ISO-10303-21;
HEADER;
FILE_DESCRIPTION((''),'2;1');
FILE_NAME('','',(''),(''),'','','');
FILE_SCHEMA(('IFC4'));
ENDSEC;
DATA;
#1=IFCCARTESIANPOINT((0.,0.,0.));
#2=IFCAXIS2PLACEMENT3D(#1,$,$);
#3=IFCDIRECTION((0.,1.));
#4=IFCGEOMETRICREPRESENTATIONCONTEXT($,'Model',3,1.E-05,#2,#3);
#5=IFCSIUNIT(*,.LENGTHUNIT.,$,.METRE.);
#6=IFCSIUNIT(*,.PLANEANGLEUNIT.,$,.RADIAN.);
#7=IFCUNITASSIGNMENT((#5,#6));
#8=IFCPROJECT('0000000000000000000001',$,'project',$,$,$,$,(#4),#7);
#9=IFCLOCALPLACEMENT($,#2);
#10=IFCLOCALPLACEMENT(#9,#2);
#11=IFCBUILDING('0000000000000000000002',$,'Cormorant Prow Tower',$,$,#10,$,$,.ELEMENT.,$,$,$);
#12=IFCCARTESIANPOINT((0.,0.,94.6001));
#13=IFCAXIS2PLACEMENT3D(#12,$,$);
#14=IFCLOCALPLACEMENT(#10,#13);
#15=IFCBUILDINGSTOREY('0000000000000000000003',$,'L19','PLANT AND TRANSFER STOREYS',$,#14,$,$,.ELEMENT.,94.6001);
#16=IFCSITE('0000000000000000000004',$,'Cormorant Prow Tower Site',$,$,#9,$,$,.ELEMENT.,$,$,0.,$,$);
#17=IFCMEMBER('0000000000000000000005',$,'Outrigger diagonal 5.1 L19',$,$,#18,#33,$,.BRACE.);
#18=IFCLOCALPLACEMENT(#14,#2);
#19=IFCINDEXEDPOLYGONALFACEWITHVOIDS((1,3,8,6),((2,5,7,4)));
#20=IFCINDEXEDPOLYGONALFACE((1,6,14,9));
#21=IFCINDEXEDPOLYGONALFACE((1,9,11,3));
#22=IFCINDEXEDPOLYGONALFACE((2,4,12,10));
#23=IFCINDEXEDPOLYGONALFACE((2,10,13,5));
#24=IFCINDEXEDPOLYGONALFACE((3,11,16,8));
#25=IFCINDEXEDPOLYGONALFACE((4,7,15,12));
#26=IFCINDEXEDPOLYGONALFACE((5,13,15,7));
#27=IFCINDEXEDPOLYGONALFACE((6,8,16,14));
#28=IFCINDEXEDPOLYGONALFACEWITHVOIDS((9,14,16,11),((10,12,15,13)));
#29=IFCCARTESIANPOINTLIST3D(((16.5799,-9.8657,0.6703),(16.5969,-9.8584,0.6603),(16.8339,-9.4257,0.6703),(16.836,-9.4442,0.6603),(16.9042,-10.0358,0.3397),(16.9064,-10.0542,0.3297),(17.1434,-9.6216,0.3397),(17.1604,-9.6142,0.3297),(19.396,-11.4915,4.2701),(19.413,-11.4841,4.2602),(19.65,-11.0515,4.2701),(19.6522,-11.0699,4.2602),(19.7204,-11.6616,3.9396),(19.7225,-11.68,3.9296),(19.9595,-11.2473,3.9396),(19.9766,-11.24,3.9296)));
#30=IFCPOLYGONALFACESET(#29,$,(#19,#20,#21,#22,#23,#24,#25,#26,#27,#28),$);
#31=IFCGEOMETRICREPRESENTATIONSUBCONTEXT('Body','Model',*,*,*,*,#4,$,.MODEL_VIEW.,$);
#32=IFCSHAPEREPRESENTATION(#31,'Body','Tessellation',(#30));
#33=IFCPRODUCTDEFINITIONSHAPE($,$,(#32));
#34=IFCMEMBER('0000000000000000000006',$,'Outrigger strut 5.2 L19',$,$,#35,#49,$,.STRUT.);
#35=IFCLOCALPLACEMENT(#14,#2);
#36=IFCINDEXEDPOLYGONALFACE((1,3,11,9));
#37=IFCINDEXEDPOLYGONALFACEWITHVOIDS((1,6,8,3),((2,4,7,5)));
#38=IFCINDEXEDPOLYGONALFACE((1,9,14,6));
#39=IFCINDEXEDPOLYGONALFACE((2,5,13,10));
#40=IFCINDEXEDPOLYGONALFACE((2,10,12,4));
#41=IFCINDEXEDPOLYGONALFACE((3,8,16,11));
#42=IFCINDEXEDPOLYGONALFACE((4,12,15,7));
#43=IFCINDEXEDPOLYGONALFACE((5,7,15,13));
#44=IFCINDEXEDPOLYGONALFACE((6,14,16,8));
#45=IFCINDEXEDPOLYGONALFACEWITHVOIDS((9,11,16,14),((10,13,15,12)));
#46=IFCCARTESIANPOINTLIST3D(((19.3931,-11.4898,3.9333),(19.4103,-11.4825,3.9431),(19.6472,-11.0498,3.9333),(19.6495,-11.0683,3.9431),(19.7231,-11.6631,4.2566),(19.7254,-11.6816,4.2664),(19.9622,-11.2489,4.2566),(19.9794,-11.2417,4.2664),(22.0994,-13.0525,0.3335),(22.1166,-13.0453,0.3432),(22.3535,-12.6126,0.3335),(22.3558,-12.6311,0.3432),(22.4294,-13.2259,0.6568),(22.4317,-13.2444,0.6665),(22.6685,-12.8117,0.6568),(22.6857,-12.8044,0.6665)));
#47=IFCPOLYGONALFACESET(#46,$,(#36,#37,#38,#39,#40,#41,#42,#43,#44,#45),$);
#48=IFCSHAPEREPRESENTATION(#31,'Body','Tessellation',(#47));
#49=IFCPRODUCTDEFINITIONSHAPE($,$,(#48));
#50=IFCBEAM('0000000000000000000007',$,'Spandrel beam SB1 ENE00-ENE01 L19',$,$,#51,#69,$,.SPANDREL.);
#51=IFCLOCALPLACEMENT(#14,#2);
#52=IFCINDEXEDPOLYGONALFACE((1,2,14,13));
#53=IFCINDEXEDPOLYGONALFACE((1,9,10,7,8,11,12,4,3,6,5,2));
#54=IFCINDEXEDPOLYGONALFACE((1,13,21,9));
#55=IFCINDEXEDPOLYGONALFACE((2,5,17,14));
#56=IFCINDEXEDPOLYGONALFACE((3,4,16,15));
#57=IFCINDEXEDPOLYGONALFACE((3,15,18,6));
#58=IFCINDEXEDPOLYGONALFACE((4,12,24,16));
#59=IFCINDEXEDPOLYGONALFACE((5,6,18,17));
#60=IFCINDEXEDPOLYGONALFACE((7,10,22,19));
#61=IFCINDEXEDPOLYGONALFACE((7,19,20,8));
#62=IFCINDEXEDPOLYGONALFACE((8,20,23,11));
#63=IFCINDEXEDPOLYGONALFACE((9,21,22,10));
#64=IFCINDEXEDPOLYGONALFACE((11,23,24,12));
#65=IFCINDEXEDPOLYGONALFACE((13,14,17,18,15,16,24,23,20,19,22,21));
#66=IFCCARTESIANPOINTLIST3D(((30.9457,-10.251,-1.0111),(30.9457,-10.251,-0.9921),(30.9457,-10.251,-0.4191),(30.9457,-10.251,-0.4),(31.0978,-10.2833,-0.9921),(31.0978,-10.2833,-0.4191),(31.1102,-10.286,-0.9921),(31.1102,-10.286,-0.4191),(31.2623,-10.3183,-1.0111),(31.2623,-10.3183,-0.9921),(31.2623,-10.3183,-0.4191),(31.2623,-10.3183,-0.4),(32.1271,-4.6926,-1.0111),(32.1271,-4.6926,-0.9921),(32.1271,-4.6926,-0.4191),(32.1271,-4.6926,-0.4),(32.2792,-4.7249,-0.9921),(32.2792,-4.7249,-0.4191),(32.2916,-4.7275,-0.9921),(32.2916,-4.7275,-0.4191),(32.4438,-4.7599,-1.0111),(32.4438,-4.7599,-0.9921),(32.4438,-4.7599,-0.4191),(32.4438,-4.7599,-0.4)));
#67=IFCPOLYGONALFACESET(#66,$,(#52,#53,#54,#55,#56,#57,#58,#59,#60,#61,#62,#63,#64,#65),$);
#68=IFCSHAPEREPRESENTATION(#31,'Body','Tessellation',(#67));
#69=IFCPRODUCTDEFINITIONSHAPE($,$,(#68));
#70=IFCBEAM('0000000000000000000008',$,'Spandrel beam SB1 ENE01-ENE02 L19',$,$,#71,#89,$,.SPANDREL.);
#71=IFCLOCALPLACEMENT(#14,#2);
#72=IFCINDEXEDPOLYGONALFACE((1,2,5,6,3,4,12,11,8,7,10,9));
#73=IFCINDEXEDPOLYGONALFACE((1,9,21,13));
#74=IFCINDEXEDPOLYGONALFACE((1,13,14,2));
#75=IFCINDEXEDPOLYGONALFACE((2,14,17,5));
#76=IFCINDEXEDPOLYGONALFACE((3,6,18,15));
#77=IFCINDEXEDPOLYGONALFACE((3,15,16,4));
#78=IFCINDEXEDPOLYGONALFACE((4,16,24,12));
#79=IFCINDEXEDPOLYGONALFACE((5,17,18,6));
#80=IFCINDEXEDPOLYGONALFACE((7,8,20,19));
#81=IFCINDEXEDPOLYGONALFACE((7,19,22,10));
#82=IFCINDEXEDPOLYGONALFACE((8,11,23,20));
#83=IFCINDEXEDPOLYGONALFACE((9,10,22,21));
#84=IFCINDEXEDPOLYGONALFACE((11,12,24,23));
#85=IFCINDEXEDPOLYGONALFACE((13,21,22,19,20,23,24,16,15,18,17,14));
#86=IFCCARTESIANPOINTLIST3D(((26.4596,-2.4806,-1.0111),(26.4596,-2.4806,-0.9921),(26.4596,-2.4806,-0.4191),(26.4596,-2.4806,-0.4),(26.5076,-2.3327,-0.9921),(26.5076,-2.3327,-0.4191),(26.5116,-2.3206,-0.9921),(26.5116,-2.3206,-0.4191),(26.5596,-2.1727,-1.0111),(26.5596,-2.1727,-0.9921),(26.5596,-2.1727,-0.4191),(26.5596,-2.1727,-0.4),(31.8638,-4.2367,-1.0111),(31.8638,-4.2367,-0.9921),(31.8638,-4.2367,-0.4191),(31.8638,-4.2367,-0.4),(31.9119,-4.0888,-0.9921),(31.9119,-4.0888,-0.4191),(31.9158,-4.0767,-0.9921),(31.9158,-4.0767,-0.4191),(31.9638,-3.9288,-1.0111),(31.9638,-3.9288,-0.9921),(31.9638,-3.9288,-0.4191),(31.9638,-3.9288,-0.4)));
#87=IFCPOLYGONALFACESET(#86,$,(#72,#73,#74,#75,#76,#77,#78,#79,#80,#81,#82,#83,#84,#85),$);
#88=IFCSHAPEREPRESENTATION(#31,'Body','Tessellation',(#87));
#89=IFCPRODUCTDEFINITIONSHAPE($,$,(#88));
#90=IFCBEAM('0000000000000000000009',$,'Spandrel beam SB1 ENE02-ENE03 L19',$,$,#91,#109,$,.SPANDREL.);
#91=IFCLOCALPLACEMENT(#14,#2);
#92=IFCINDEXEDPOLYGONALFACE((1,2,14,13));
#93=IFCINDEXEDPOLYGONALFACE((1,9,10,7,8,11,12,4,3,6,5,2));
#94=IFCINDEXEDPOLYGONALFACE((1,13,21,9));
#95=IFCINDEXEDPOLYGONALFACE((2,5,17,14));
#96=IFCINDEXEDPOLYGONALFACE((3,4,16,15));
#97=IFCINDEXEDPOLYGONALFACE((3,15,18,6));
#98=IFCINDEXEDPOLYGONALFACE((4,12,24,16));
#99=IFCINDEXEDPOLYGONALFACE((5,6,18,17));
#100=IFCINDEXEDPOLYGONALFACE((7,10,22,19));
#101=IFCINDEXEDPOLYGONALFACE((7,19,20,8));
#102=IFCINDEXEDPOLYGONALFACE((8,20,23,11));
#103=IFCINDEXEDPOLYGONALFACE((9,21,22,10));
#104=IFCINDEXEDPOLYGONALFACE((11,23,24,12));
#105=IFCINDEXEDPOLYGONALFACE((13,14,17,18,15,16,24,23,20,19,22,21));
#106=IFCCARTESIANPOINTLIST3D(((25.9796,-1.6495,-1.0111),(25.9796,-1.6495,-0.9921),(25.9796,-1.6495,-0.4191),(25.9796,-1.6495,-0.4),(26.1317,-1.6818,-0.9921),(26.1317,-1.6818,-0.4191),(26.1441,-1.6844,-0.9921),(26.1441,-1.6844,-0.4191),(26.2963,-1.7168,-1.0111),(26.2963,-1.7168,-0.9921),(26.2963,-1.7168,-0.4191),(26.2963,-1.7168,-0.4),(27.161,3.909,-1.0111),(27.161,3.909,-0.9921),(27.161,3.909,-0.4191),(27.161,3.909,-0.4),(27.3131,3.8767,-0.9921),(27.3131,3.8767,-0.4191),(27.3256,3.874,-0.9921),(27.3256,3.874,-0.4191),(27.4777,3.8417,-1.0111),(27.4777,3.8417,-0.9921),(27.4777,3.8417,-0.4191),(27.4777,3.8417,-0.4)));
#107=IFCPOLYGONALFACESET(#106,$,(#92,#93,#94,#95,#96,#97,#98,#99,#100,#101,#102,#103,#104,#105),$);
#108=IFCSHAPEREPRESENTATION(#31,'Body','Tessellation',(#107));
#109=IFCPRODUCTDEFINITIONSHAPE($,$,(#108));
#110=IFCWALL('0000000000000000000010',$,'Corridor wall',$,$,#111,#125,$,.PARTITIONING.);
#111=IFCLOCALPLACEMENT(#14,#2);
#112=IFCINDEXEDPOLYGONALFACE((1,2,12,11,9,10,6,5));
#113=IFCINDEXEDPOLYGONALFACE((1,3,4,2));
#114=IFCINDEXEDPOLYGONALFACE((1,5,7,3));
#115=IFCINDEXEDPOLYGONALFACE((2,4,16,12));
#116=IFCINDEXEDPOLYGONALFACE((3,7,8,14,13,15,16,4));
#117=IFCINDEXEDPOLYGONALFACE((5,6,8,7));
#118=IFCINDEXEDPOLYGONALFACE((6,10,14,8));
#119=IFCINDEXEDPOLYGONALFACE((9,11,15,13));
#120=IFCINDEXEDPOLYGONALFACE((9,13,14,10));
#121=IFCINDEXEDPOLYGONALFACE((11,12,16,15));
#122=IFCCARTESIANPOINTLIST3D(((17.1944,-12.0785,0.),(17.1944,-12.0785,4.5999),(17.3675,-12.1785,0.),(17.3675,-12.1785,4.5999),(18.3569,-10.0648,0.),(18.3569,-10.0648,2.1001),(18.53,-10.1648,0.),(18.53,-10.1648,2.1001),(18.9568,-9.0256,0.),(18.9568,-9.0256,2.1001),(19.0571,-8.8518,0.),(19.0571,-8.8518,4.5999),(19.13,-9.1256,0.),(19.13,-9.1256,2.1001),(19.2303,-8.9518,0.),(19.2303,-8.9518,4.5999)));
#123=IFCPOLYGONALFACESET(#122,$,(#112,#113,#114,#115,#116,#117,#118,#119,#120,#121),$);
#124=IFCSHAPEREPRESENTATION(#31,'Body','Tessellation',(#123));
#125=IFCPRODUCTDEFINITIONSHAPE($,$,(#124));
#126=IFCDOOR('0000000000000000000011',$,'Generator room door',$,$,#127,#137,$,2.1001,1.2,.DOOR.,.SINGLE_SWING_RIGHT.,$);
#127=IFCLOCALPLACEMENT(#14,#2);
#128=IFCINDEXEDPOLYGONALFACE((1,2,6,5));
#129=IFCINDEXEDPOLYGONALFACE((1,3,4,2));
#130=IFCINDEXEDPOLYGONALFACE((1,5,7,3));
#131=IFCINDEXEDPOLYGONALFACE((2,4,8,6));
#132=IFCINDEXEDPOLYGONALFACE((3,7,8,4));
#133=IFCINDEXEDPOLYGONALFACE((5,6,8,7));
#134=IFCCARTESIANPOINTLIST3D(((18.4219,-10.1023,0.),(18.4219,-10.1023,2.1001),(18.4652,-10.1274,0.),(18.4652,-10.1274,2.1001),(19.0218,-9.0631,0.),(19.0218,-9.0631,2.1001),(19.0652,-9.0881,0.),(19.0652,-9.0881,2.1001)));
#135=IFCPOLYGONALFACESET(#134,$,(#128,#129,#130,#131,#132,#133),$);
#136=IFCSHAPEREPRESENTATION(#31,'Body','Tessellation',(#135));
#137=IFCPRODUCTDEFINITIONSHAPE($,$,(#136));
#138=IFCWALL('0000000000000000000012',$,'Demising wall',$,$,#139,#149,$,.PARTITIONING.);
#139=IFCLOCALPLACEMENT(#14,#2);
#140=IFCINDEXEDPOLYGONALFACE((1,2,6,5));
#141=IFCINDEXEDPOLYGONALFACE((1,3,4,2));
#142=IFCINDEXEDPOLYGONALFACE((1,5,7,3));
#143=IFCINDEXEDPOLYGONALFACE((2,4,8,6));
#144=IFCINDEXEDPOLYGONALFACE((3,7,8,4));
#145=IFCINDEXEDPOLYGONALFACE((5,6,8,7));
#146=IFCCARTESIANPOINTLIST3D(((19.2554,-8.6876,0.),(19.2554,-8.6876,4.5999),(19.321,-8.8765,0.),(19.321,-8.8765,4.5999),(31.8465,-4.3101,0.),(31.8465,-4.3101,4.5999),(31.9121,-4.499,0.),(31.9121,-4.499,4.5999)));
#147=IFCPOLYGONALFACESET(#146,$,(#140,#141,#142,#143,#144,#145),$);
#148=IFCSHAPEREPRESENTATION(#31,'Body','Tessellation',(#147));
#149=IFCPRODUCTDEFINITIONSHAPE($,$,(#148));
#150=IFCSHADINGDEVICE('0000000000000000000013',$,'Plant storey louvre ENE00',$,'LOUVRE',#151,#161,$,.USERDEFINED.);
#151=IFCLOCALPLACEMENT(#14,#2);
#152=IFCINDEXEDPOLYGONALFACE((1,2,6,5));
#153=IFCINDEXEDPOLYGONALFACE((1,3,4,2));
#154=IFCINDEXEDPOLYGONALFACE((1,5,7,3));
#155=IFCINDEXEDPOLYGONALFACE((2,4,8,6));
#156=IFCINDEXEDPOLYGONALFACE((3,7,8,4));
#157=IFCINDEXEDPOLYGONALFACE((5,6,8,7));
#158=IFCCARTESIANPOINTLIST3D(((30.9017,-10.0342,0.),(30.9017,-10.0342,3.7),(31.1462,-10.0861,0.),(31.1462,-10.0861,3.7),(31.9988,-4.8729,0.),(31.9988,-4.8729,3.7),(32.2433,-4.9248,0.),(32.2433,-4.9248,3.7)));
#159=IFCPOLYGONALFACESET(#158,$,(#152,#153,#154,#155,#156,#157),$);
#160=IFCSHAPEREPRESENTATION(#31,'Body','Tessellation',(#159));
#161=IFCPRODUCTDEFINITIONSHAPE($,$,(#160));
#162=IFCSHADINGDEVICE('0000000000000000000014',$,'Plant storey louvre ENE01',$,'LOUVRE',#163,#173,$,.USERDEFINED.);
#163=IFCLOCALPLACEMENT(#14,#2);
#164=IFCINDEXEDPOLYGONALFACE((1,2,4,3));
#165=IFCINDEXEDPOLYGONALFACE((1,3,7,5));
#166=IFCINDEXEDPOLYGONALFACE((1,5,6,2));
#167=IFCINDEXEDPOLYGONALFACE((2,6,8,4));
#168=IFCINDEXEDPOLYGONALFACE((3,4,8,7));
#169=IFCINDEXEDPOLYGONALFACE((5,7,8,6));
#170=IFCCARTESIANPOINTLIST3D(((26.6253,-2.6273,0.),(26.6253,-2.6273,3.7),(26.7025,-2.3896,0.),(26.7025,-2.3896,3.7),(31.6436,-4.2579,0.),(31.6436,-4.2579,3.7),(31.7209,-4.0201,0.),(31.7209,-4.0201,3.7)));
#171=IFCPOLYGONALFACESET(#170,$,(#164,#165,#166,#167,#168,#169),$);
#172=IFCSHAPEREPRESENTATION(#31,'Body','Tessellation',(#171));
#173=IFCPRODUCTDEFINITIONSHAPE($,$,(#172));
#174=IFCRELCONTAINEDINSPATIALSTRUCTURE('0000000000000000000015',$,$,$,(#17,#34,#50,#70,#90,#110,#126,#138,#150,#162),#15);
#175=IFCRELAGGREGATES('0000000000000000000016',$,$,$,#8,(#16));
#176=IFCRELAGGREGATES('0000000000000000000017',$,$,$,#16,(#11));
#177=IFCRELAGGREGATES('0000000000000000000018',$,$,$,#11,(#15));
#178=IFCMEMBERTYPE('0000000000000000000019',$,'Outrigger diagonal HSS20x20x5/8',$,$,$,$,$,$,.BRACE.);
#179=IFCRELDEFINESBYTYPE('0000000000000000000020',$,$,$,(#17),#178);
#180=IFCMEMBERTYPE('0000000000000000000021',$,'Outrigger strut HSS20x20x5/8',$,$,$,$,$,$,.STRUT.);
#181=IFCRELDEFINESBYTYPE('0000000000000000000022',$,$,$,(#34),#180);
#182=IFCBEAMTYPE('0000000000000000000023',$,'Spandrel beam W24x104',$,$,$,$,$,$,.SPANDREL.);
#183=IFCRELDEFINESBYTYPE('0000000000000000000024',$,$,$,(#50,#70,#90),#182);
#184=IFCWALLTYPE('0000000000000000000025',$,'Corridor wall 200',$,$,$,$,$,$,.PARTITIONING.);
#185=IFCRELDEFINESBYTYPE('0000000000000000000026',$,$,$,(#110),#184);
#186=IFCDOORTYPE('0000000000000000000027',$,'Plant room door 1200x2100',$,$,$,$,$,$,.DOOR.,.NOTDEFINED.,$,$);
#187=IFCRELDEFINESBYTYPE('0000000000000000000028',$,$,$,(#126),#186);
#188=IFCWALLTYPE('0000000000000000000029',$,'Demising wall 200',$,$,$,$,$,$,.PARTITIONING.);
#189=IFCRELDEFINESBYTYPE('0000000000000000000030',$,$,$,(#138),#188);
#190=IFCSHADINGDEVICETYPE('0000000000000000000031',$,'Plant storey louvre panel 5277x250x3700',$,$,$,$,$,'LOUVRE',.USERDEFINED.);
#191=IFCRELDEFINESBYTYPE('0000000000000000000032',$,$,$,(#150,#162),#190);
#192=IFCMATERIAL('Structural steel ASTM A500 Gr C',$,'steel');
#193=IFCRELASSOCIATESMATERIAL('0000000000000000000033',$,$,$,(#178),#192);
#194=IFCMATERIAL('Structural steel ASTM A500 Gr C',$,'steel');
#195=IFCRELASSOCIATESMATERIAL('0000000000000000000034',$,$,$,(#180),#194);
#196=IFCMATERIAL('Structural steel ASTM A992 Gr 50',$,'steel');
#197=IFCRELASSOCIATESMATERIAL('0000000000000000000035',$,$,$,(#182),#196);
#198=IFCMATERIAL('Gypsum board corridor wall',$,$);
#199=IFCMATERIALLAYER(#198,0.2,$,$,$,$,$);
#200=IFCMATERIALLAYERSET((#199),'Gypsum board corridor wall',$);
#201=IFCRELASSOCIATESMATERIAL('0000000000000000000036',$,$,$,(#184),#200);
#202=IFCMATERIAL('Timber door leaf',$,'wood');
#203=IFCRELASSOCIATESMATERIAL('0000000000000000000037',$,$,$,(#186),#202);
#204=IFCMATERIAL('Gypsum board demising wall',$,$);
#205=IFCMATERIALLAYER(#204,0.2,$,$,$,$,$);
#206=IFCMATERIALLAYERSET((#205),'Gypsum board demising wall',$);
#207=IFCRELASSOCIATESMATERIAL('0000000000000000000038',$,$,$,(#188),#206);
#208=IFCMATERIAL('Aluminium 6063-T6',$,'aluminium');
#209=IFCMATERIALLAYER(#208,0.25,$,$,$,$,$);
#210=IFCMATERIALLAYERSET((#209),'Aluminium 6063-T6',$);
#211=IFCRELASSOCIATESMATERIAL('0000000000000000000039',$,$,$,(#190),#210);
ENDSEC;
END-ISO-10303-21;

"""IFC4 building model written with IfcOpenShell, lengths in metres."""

from ifc_helpers import new_model, si_unit, direction, frame, frame_2d, origin, origin_2d, place, context, subcontext, project, spatial, rectangle, hollow_rectangle, i_section, extrude, material, layer, layer_set, material_profile, profile_set, type_object, element, fill, save


model = new_model("IFC4")

# Units and contexts
model_context = context("Model", 3, precision=1e-05, world=origin(), true_north=direction((0.0, 1.0)))
body_context = subcontext(model_context, "Body", "Model", "MODEL_VIEW")
ifc_project = project(units=[si_unit("LENGTHUNIT", "METRE"), si_unit("PLANEANGLEUNIT", "RADIAN")], contexts=[model_context])

# Site, building, storey
site_placement = place(None, origin())
site = spatial("IfcSite", under=ifc_project, at=site_placement, Name="Cormorant Prow Tower Site", CompositionType="ELEMENT", RefElevation=0.0)
building_placement = place(site_placement, origin())
building = spatial("IfcBuilding", under=site, at=building_placement, Name="Cormorant Prow Tower", CompositionType="ELEMENT")
storey_placement = place(building_placement, frame((0.0, 0.0, 94.6001)))
storey = spatial("IfcBuildingStorey", under=building, at=storey_placement, Name="L19", Description="PLANT AND TRANSFER STOREYS", CompositionType="ELEMENT", Elevation=94.6001)

# Members
ifc_material_1 = material(Name="Structural steel ASTM A500 Gr C", Category="steel")
ifc_material_profile_1 = material_profile(ifc_material_1, hollow_rectangle(XDim=0.5081, YDim=0.5081, WallThickness=0.0149, at=origin_2d()), Name="HSS20x20x5/8")
ifc_profile_set_1 = profile_set([ifc_material_profile_1], Name="Structural steel ASTM A500 Gr C")
member_type_1 = type_object("IfcMemberType", Name="Outrigger diagonal HSS20x20x5/8", PredefinedType="BRACE", material=ifc_profile_set_1)
member_1_placement = place(storey_placement, frame((16.8701, -9.74, 0.5), z_axis=(0.580526, -0.33513, 0.742077), x_axis=(0.499959, 0.866049, 0.0)))
element("IfcMember", 1, at=member_1_placement, inside=storey, type_object=member_type_1, Name="Outrigger diagonal 5.1 L19", PredefinedType="BRACE", context=body_context, shape_type="SweptSolid", body=[
    extrude(hollow_rectangle(XDim=0.5081, YDim=0.5081, WallThickness=0.0149, at=origin_2d()), origin(), (0.0, 0.0, 1.0), 4.8511),
])
ifc_material_2 = material(Name="Structural steel ASTM A500 Gr C", Category="steel")
ifc_material_profile_2 = material_profile(ifc_material_2, hollow_rectangle(XDim=0.5081, YDim=0.5081, WallThickness=0.0149, at=origin_2d()), Name="HSS20x20x5/8")
ifc_profile_set_2 = profile_set([ifc_material_profile_2], Name="Structural steel ASTM A500 Gr C")
member_type_2 = type_object("IfcMemberType", Name="Outrigger strut HSS20x20x5/8", PredefinedType="STRUT", material=ifc_profile_set_2)
member_2_placement = place(storey_placement, frame((19.6863, -11.3657, 4.0999), z_axis=(0.567704, -0.327819, -0.755147), x_axis=(0.500063, 0.865989, 0.0)))
element("IfcMember", 2, at=member_2_placement, inside=storey, type_object=member_type_2, Name="Outrigger strut 5.2 L19", PredefinedType="STRUT", context=body_context, shape_type="SweptSolid", body=[
    extrude(hollow_rectangle(XDim=0.5081, YDim=0.5081, WallThickness=0.0149, at=origin_2d()), origin(), (0.0, 0.0, 1.0), 4.7671),
])

# Beams
ifc_material_3 = material(Name="Structural steel ASTM A992 Gr 50", Category="steel")
ifc_material_profile_3 = material_profile(ifc_material_3, i_section(OverallWidth=0.3237, OverallDepth=0.6111, WebThickness=0.0127, FlangeThickness=0.019, at=origin_2d()), Name="W24x104")
ifc_profile_set_3 = profile_set([ifc_material_profile_3], Name="Structural steel ASTM A992 Gr 50")
beam_type = type_object("IfcBeamType", Name="Spandrel beam W24x104", PredefinedType="SPANDREL", material=ifc_profile_set_3)
beam_1_placement = place(storey_placement, frame((31.104, -10.2847, -0.7056), z_axis=(0.2079, 0.97815, 0.0), x_axis=(-0.97815, 0.2079, 0.0)))
element("IfcBeam", 3, at=beam_1_placement, inside=storey, type_object=beam_type, Name="Spandrel beam SB1 ENE00-ENE01 L19", PredefinedType="SPANDREL", context=body_context, shape_type="SweptSolid", body=[
    extrude(i_section(OverallWidth=0.3237, OverallDepth=0.6111, WebThickness=0.0127, FlangeThickness=0.019, at=origin_2d()), origin(), (0.0, 0.0, 1.0), 5.6826),
])
beam_2_placement = place(storey_placement, frame((31.9138, -4.0828, -0.7056), z_axis=(-0.951049, 0.309039, 0.0), x_axis=(-0.309039, -0.951049, 0.0)))
element("IfcBeam", 4, at=beam_2_placement, inside=storey, type_object=beam_type, Name="Spandrel beam SB1 ENE01-ENE02 L19", PredefinedType="SPANDREL", context=body_context, shape_type="SweptSolid", body=[
    extrude(i_section(OverallWidth=0.3237, OverallDepth=0.6111, WebThickness=0.0127, FlangeThickness=0.019, at=origin_2d()), origin(), (0.0, 0.0, 1.0), 5.6824),
])
beam_3_placement = place(storey_placement, frame((26.1379, -1.6831, -0.7056), z_axis=(0.2079, 0.97815, 0.0), x_axis=(-0.97815, 0.2079, 0.0)))
element("IfcBeam", 5, at=beam_3_placement, inside=storey, type_object=beam_type, Name="Spandrel beam SB1 ENE02-ENE03 L19", PredefinedType="SPANDREL", context=body_context, shape_type="SweptSolid", body=[
    extrude(i_section(OverallWidth=0.3237, OverallDepth=0.6111, WebThickness=0.0127, FlangeThickness=0.019, at=origin_2d()), origin(), (0.0, 0.0, 1.0), 5.6826),
])

# Wall, opening, door
ifc_material_4 = material(Name="Gypsum board corridor wall")
ifc_layer_1 = layer(ifc_material_4, 0.2)
ifc_layer_set_1 = layer_set([ifc_layer_1], Name="Gypsum board corridor wall")
wall_type_1 = type_object("IfcWallType", Name="Corridor wall 200", PredefinedType="PARTITIONING", material=ifc_layer_set_1)
wall_1_placement = place(storey_placement, frame((17.281, -12.1284, 0.0), z_axis=(0.0, 0.0, 1.0), x_axis=(0.499959, 0.866049, 0.0)))
wall_1 = element("IfcWall", 6, at=wall_1_placement, inside=storey, type_object=wall_type_1, Name="Corridor wall", PredefinedType="PARTITIONING", context=body_context, shape_type="SweptSolid", body=[
    extrude(rectangle(XDim=3.7258, YDim=0.2, at=frame_2d((1.8628, 0.0))), origin(), (0.0, 0.0, 1.0), 4.5999),
])
opening_placement = place(wall_1_placement, frame((2.325, 0.0, 0.0)))
opening = element("IfcOpeningElement", 7, at=opening_placement, cuts=wall_1, PredefinedType="OPENING", context=body_context, shape_type="SweptSolid", body=[
    extrude(rectangle(XDim=1.2, YDim=2.1001, at=frame_2d((0.6001, 1.05))), frame((0.0, 0.1099, 0.0), z_axis=(0.0, -1.0, 0.0), x_axis=(1.0, 0.0, 0.0)), (0.0, 0.0, 1.0), 0.22),
])
ifc_material_5 = material(Name="Timber door leaf", Category="wood")
door_type = type_object("IfcDoorType", Name="Plant room door 1200x2100", OperationType="NOTDEFINED", PredefinedType="DOOR", material=ifc_material_5)
door_placement = place(opening_placement, origin())
door = element("IfcDoor", 8, at=door_placement, inside=storey, type_object=door_type, Name="Generator room door", OperationType="SINGLE_SWING_RIGHT", OverallHeight=2.1001, OverallWidth=1.2, PredefinedType="DOOR", context=body_context, shape_type="SweptSolid", body=[
    extrude(rectangle(XDim=1.2, YDim=2.1001, at=frame_2d((0.6001, 1.05))), frame((0.0, 0.0249, 0.0), z_axis=(0.0, -1.0, 0.0), x_axis=(1.0, 0.0, 0.0)), (0.0, 0.0, 1.0), 0.05),
])
fill(opening, door)

# Wall
ifc_material_6 = material(Name="Gypsum board demising wall")
ifc_layer_2 = layer(ifc_material_6, 0.2)
ifc_layer_set_2 = layer_set([ifc_layer_2], Name="Gypsum board demising wall")
wall_type_2 = type_object("IfcWallType", Name="Demising wall 200", PredefinedType="PARTITIONING", material=ifc_layer_set_2)
wall_2_placement = place(storey_placement, frame((19.2883, -8.782, 0.0), z_axis=(0.0, 0.0, 1.0), x_axis=(0.944545, 0.328383, 0.0)))
element("IfcWall", 9, at=wall_2_placement, inside=storey, type_object=wall_type_2, Name="Demising wall", PredefinedType="PARTITIONING", context=body_context, shape_type="SweptSolid", body=[
    extrude(rectangle(XDim=13.3303, YDim=0.2, at=frame_2d((6.665, 0.0))), origin(), (0.0, 0.0, 1.0), 4.5999),
])

# Shading devices
ifc_material_7 = material(Name="Aluminium 6063-T6", Category="aluminium")
ifc_layer_3 = layer(ifc_material_7, 0.25)
ifc_layer_set_3 = layer_set([ifc_layer_3], Name="Aluminium 6063-T6")
shading_device_type = type_object("IfcShadingDeviceType", Name="Plant storey louvre panel 5277x250x3700", ElementType="LOUVRE", PredefinedType="USERDEFINED", material=ifc_layer_set_3)
for number, where, z_axis, x_axis, name in (
    (10, (31.5725, -7.4795, 0.0), (0.0, 0.0, 1.0), (0.207912, 0.978148, 0.0), "Plant storey louvre ENE00"),
    (11, (29.1731, -3.3237, 0.0), (0.0, 0.0, 1.0), (-0.951057, 0.309017, 0.0), "Plant storey louvre ENE01"),
):
    element("IfcShadingDevice", number, at=place(storey_placement, frame(where, z_axis=z_axis, x_axis=x_axis)), inside=storey, type_object=shading_device_type, Name=name, ObjectType="LOUVRE", PredefinedType="USERDEFINED", context=body_context, shape_type="SweptSolid", body=[
        extrude(rectangle(XDim=5.2766, YDim=0.25, at=origin_2d()), origin(), (0.0, 0.0, 1.0), 3.7),
    ])

save(model, "model.ifc")
